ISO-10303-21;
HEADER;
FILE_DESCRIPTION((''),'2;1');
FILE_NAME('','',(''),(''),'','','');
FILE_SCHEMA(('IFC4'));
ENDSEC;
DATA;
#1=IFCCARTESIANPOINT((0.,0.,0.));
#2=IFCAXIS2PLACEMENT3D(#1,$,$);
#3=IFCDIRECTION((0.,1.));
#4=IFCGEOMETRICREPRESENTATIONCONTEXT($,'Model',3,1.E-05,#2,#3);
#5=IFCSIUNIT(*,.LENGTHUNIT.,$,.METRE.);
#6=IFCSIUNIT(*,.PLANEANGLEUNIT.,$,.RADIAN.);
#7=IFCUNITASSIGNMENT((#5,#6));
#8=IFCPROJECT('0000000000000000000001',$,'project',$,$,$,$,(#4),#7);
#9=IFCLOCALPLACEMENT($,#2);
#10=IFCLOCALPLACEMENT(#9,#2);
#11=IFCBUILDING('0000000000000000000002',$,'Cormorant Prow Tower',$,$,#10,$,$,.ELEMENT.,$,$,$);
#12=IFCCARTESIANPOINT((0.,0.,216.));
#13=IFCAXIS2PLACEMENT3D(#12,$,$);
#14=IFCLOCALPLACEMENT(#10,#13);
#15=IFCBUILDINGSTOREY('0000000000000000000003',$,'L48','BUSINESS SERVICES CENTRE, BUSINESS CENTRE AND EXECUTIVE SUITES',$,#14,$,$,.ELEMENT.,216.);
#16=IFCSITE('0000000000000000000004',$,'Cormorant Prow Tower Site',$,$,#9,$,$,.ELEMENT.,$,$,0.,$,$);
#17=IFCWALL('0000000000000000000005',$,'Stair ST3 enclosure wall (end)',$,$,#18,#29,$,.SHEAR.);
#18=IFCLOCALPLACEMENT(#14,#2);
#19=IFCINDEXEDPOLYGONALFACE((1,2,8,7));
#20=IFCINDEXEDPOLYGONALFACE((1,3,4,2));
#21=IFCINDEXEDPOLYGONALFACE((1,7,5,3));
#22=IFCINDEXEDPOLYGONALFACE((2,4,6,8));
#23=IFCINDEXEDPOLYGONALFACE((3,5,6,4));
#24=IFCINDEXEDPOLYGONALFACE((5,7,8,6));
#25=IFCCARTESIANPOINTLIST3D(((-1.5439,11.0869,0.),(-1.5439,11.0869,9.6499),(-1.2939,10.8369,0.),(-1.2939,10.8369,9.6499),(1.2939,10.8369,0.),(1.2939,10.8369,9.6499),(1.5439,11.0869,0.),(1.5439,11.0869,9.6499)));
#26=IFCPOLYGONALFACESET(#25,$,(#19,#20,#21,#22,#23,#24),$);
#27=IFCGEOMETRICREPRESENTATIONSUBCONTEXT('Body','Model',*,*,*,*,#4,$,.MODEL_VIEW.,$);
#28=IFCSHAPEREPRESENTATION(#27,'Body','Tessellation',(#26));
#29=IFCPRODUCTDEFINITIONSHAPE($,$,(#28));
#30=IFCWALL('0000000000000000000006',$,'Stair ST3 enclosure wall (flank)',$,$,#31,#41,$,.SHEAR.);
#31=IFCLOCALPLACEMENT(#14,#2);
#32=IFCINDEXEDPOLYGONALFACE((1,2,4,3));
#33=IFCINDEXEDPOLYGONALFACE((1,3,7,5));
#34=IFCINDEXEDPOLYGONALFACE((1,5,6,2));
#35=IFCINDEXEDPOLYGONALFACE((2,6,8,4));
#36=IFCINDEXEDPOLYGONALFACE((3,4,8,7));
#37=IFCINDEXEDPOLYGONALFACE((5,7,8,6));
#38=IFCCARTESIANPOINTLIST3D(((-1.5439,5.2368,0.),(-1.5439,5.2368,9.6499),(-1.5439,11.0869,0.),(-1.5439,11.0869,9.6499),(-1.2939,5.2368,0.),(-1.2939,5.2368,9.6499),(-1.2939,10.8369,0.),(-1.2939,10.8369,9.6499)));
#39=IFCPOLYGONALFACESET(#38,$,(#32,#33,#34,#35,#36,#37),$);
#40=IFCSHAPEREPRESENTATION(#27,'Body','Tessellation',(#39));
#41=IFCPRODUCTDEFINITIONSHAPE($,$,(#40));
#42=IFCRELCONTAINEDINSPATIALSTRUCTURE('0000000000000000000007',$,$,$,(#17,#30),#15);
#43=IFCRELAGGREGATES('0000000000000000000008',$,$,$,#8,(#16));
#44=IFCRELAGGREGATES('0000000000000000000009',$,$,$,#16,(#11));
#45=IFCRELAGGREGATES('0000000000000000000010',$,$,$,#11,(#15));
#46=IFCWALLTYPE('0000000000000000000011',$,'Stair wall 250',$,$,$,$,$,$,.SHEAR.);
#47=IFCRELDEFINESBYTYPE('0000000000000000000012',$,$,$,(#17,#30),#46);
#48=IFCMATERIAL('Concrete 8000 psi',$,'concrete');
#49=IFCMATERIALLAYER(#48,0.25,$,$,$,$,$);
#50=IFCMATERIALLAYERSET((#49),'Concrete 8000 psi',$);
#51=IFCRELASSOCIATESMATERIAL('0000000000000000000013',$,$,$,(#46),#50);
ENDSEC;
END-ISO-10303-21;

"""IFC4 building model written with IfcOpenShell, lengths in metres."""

from ifc_helpers import new_model, si_unit, direction, frame, origin, place, context, subcontext, project, spatial, polyline, outline, extrude, material, layer, layer_set, type_object, element, save


model = new_model("IFC4")

# Units and contexts
model_context = context("Model", 3, precision=1e-05, world=origin(), true_north=direction((0.0, 1.0)))
body_context = subcontext(model_context, "Body", "Model", "MODEL_VIEW")
ifc_project = project(units=[si_unit("LENGTHUNIT", "METRE"), si_unit("PLANEANGLEUNIT", "RADIAN")], contexts=[model_context])

# Site, building, storey
site_placement = place(None, origin())
site = spatial("IfcSite", under=ifc_project, at=site_placement, Name="Cormorant Prow Tower Site", CompositionType="ELEMENT", RefElevation=0.0)
building_placement = place(site_placement, origin())
building = spatial("IfcBuilding", under=site, at=building_placement, Name="Cormorant Prow Tower", CompositionType="ELEMENT")
storey_placement = place(building_placement, frame((0.0, 0.0, 216.0)))
storey = spatial("IfcBuildingStorey", under=building, at=storey_placement, Name="L48", Description="BUSINESS SERVICES CENTRE, BUSINESS CENTRE AND EXECUTIVE SUITES", CompositionType="ELEMENT", Elevation=216.0)

# Walls
ifc_material_1 = material(Name="Concrete 8000 psi", Category="concrete")
ifc_layer_1 = layer(ifc_material_1, 0.25)
ifc_layer_set_1 = layer_set([ifc_layer_1], Name="Concrete 8000 psi")
wall_type_1 = type_object("IfcWallType", Name="Stair wall 250", PredefinedType="SHEAR", material=ifc_layer_set_1)
wall_1_placement = place(storey_placement, origin())
element("IfcWall", 1, at=wall_1_placement, inside=storey, type_object=wall_type_1, Name="Stair ST3 enclosure wall (end)", PredefinedType="SHEAR", context=body_context, shape_type="SweptSolid", body=[
    extrude(outline(polyline([(1.5439, 11.0869), (-1.5439, 11.0869), (-1.2939, 10.8369), (1.2939, 10.8369), (1.5439, 11.0869)])), origin(), (0.0, 0.0, 1.0), 9.6499),
])
wall_2_placement = place(storey_placement, origin())
element("IfcWall", 2, at=wall_2_placement, inside=storey, type_object=wall_type_1, Name="Stair ST3 enclosure wall (flank)", PredefinedType="SHEAR", context=body_context, shape_type="SweptSolid", body=[
    extrude(outline(polyline([(-1.2939, 10.8369), (-1.5439, 11.0869), (-1.5439, 5.2368), (-1.2939, 5.2368), (-1.2939, 10.8369)])), origin(), (0.0, 0.0, 1.0), 9.6499),
])

save(model, "model.ifc")
